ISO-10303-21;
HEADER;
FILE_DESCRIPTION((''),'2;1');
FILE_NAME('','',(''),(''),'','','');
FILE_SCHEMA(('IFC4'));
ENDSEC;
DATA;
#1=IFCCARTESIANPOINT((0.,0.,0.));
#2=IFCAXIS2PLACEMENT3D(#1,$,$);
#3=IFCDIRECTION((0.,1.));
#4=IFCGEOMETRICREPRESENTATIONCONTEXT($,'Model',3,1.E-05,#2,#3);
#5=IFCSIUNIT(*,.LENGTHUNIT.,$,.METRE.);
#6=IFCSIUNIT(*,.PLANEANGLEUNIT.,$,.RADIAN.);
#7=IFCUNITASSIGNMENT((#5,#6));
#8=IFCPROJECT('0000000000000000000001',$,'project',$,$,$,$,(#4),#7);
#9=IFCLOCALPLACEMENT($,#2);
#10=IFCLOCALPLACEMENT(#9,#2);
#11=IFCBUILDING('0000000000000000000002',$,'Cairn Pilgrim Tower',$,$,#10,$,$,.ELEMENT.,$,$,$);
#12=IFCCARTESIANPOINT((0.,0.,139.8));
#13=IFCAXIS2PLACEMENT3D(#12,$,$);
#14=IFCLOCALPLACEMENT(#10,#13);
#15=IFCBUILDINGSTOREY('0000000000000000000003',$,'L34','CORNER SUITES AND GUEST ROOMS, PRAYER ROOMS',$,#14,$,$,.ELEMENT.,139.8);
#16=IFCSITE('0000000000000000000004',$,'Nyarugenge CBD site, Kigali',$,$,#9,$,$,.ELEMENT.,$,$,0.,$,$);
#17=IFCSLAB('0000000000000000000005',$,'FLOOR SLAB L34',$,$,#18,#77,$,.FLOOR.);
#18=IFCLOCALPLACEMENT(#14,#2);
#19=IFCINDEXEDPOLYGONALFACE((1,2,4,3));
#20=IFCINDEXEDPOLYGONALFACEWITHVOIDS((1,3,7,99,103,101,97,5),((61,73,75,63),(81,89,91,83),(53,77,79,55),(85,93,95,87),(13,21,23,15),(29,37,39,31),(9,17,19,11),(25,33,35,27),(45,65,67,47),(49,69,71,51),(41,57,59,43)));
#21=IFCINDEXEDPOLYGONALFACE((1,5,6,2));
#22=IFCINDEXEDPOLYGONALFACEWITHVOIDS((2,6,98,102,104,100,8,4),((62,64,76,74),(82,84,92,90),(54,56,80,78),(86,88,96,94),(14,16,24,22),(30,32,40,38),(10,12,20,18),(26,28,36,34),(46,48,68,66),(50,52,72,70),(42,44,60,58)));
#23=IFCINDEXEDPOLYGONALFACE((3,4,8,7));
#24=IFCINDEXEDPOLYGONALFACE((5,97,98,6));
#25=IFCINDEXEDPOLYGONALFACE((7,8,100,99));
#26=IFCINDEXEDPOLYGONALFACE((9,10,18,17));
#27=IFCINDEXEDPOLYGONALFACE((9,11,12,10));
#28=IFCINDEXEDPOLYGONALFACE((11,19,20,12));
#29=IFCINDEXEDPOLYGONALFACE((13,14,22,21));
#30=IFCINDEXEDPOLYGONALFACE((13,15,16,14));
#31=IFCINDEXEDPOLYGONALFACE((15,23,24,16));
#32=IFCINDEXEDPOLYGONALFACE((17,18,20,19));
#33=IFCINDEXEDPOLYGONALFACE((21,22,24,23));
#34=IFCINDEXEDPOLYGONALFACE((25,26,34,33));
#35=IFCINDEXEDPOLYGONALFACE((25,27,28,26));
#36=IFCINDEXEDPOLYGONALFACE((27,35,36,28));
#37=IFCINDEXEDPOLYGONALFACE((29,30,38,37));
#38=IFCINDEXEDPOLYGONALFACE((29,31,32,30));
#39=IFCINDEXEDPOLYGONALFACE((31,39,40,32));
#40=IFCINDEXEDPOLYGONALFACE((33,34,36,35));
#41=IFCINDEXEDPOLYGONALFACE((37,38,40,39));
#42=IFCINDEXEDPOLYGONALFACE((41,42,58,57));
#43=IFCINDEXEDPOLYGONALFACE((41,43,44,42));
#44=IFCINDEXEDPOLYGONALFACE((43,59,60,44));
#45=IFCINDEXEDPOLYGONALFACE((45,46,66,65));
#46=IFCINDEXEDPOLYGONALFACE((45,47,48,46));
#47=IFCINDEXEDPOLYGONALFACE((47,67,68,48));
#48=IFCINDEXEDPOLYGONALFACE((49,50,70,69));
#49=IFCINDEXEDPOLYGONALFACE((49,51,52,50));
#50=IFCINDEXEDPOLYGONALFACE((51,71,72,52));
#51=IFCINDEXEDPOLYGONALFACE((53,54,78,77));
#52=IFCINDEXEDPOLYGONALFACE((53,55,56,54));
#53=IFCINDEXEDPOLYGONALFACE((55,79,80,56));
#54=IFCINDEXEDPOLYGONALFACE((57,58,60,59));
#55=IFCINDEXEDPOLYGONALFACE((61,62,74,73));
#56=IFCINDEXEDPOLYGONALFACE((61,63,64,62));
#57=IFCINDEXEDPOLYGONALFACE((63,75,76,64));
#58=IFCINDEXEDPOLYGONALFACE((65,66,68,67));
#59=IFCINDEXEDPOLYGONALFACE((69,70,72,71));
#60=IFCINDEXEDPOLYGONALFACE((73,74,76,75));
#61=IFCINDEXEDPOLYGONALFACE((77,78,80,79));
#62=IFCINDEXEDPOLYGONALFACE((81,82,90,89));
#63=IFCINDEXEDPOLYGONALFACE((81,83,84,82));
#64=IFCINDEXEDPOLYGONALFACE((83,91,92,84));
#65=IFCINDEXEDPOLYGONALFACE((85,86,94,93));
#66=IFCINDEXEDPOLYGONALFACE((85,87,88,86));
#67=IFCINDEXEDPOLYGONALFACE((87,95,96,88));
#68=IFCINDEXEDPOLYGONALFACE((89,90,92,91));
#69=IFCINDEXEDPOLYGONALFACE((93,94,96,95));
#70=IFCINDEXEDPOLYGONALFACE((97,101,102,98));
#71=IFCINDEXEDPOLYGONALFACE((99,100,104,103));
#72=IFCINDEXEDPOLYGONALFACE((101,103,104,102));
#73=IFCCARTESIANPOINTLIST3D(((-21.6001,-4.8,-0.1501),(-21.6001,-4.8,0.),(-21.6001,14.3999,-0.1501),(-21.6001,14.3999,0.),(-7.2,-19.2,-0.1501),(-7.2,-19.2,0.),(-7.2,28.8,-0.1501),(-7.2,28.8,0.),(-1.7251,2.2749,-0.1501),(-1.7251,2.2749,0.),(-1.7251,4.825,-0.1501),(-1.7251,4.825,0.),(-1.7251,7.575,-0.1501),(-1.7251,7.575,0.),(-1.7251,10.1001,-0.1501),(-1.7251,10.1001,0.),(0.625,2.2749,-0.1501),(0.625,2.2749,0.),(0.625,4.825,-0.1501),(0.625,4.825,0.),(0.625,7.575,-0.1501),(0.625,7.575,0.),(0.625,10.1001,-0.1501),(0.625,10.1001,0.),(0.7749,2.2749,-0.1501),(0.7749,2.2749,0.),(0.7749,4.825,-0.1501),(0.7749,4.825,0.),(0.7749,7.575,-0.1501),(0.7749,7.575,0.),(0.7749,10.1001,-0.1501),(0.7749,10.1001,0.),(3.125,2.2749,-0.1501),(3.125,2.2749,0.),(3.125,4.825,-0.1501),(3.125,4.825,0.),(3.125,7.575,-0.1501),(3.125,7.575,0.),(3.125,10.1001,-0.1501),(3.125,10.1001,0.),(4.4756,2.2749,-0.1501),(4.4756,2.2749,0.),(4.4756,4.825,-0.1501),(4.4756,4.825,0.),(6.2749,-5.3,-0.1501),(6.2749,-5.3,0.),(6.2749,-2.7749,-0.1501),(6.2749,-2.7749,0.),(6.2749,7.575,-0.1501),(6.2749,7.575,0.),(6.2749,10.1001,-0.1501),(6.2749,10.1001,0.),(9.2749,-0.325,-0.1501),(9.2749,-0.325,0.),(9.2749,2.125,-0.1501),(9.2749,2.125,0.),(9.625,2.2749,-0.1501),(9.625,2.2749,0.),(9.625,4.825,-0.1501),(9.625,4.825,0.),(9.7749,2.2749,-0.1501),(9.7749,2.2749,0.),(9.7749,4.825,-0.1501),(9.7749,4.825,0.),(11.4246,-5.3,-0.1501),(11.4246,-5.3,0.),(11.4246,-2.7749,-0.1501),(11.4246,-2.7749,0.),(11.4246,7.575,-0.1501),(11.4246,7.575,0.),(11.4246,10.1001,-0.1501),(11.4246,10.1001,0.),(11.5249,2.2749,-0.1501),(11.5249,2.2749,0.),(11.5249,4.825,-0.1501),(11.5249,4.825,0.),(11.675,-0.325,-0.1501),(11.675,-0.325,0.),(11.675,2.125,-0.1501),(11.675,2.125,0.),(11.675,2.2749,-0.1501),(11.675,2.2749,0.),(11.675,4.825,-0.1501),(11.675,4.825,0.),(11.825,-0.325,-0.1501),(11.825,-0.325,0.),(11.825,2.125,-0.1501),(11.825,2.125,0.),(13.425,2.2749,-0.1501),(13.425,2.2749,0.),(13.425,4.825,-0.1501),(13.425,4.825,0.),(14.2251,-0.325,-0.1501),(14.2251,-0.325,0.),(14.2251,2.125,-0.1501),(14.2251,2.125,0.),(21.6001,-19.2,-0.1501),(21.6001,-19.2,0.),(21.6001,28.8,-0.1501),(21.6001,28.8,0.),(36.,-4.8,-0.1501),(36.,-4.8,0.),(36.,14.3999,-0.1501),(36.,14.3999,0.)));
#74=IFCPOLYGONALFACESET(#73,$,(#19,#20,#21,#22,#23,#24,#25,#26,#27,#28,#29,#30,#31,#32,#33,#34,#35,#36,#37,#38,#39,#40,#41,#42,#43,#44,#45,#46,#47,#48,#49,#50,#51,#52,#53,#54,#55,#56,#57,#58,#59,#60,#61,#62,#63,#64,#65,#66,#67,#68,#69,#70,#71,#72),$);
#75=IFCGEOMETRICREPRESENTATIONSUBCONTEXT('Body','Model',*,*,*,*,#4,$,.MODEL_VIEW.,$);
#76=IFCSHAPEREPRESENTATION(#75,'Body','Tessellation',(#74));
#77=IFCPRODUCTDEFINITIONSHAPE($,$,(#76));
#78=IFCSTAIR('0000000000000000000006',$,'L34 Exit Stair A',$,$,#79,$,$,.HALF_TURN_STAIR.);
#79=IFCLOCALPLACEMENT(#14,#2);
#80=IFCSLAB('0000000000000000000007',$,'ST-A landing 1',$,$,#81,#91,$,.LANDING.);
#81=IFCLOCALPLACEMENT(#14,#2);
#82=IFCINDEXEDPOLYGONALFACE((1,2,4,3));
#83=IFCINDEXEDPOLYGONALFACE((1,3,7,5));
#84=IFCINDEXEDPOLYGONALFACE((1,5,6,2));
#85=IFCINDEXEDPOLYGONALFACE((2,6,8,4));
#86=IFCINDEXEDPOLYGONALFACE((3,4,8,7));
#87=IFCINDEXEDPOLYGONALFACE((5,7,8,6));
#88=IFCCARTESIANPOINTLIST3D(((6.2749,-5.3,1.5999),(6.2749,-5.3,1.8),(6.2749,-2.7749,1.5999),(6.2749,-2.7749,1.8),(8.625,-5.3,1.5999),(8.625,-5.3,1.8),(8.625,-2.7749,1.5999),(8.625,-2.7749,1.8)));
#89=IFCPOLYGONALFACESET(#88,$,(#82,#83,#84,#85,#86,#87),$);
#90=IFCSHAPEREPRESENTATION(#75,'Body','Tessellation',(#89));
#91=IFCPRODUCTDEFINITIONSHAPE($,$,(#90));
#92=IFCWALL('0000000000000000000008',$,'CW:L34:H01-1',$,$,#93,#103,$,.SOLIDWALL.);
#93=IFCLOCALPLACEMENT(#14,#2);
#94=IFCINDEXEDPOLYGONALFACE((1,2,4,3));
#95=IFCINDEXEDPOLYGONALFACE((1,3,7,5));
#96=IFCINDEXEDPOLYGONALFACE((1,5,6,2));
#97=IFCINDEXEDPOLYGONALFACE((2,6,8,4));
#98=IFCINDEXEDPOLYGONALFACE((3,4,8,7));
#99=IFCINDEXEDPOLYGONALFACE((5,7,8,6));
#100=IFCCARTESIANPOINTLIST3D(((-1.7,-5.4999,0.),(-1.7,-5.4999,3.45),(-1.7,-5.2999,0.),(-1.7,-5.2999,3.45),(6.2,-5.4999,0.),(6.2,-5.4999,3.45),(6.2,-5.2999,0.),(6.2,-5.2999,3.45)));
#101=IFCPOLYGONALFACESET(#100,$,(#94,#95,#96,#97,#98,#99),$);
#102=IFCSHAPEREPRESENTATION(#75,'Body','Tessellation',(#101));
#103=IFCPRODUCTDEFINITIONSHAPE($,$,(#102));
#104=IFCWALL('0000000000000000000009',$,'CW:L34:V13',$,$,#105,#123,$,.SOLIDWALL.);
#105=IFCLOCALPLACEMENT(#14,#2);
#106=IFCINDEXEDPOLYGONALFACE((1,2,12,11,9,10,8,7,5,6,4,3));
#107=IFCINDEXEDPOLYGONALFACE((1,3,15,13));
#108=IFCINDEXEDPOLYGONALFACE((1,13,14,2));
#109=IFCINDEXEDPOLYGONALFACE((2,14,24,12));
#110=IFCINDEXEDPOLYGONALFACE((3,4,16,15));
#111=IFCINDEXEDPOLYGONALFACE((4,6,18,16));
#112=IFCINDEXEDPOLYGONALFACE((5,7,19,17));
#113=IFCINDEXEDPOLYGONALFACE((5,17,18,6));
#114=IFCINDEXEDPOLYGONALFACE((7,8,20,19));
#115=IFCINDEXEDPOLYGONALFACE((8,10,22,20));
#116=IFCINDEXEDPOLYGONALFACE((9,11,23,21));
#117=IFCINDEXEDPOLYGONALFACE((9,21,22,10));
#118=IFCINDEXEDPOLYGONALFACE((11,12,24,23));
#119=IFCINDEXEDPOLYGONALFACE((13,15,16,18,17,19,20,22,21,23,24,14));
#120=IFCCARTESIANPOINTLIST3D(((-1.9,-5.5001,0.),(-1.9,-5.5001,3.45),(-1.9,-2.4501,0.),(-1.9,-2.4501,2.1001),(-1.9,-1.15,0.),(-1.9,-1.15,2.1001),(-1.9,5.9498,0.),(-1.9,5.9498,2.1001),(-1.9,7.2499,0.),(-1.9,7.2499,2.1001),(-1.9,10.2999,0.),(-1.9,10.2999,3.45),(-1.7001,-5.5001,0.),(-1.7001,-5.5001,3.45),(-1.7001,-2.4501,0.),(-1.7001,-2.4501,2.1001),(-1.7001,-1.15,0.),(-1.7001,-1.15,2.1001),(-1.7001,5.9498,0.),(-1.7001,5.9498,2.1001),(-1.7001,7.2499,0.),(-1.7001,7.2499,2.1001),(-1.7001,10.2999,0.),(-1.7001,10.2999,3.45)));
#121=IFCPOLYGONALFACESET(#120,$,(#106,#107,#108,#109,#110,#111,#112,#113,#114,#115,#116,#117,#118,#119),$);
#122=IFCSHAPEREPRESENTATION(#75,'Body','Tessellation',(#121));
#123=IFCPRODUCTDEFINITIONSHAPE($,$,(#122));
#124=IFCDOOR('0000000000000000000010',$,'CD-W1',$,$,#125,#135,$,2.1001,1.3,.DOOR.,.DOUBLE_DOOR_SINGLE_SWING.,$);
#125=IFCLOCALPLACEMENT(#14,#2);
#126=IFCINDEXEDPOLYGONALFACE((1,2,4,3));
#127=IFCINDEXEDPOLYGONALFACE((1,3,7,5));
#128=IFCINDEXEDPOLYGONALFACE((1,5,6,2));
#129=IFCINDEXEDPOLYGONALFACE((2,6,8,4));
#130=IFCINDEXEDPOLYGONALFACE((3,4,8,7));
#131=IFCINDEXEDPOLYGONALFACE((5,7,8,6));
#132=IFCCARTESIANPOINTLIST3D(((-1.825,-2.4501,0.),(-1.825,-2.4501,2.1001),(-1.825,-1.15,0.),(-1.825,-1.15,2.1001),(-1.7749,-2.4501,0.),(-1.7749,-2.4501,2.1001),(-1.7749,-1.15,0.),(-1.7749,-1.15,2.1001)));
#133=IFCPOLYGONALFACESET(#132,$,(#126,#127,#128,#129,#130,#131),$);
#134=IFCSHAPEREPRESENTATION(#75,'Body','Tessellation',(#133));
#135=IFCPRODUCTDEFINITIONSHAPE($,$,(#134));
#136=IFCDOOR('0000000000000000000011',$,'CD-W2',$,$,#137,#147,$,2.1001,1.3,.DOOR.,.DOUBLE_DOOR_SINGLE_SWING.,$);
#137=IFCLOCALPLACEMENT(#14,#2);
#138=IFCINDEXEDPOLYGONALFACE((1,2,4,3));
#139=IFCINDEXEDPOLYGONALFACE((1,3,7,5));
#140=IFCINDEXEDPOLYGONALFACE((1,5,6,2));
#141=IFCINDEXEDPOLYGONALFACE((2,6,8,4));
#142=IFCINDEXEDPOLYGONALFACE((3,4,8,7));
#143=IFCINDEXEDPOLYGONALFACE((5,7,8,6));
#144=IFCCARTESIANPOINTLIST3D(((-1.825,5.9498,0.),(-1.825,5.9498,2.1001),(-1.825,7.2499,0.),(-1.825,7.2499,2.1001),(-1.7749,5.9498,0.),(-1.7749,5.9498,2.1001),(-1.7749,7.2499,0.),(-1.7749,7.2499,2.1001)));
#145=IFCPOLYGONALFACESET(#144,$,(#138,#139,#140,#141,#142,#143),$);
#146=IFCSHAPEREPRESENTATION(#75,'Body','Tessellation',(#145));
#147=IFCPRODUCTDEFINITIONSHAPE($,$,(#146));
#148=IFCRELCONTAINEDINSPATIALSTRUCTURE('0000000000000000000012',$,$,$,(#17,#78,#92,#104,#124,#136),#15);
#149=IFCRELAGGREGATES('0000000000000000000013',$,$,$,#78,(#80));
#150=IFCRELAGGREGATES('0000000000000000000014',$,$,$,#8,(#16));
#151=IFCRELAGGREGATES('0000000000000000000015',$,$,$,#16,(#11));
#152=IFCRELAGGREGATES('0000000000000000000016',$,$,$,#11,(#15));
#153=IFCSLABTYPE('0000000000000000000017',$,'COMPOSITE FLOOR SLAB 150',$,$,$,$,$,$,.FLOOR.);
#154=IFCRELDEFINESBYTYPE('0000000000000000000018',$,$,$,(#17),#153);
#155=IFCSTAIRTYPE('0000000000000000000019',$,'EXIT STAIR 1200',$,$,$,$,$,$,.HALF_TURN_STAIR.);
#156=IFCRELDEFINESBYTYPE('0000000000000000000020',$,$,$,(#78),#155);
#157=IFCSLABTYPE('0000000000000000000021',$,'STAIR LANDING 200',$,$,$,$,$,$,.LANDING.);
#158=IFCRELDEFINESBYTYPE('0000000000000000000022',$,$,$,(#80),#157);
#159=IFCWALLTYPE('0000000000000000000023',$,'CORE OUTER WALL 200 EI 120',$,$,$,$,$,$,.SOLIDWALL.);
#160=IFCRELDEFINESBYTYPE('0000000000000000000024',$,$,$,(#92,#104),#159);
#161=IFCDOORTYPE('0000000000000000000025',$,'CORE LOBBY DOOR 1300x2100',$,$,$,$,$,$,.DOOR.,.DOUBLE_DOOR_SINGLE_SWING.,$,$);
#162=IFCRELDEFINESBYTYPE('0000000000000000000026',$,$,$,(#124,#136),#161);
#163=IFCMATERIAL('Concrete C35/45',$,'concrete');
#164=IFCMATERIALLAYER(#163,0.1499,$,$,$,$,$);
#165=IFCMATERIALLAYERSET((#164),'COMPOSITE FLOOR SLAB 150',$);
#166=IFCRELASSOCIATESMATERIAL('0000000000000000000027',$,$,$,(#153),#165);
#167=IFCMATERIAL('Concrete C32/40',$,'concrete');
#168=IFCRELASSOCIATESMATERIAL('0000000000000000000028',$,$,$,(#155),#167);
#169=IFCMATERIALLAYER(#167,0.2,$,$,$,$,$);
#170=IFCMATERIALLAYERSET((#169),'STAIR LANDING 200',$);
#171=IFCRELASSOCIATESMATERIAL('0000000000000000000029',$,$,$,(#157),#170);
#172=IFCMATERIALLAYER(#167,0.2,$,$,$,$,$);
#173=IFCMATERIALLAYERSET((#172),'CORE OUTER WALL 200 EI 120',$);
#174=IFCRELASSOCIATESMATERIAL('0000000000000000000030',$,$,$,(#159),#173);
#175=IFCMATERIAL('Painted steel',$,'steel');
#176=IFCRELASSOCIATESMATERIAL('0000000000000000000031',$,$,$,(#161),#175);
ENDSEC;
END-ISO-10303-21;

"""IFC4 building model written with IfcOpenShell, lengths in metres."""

from ifc_helpers import new_model, si_unit, direction, frame, frame_2d, origin, place, context, subcontext, project, spatial, polyline, rectangle, outline, extrude, material, layer, layer_set, type_object, element, fill, aggregate, save


model = new_model("IFC4")

# Units and contexts
model_context = context("Model", 3, precision=1e-05, world=origin(), true_north=direction((0.0, 1.0)))
body_context = subcontext(model_context, "Body", "Model", "MODEL_VIEW")
ifc_project = project(units=[si_unit("LENGTHUNIT", "METRE"), si_unit("PLANEANGLEUNIT", "RADIAN")], contexts=[model_context])

# Site, building, storey
site_placement = place(None, origin())
site = spatial("IfcSite", under=ifc_project, at=site_placement, Name="Nyarugenge CBD site, Kigali", CompositionType="ELEMENT", RefElevation=0.0)
building_placement = place(site_placement, origin())
building = spatial("IfcBuilding", under=site, at=building_placement, Name="Cairn Pilgrim Tower", CompositionType="ELEMENT")
storey_placement = place(building_placement, frame((0.0, 0.0, 139.8)))
storey = spatial("IfcBuildingStorey", under=building, at=storey_placement, Name="L34", Description="CORNER SUITES AND GUEST ROOMS, PRAYER ROOMS", CompositionType="ELEMENT", Elevation=139.8)

# Slab
ifc_material_1 = material(Name="Concrete C35/45", Category="concrete")
ifc_layer_1 = layer(ifc_material_1, 0.1499)
ifc_layer_set_1 = layer_set([ifc_layer_1], Name="COMPOSITE FLOOR SLAB 150")
slab_type_1 = type_object("IfcSlabType", Name="COMPOSITE FLOOR SLAB 150", PredefinedType="FLOOR", material=ifc_layer_set_1)
slab_1_placement = place(storey_placement, frame((0.0, 0.0, -0.1501)))
element("IfcSlab", 1, at=slab_1_placement, inside=storey, type_object=slab_type_1, Name="FLOOR SLAB L34", PredefinedType="FLOOR", context=body_context, shape_type="SweptSolid", body=[
    extrude(outline(polyline([(-7.2, -19.2), (21.6001, -19.2), (36.0, -4.8), (36.0, 14.3999), (21.6001, 28.8), (-7.2, 28.8), (-21.6001, 14.3999), (-21.6001, -4.8), (-7.2, -19.2)]), holes=[polyline([(9.2749, -0.325), (11.675, -0.325), (11.675, 2.125), (9.2749, 2.125), (9.2749, -0.325)]), polyline([(11.825, -0.325), (14.2251, -0.325), (14.2251, 2.125), (11.825, 2.125), (11.825, -0.325)]), polyline([(-1.7251, 2.2749), (0.625, 2.2749), (0.625, 4.825), (-1.7251, 4.825), (-1.7251, 2.2749)]), polyline([(0.7749, 2.2749), (3.125, 2.2749), (3.125, 4.825), (0.7749, 4.825), (0.7749, 2.2749)]), polyline([(-1.7251, 7.575), (0.625, 7.575), (0.625, 10.1001), (-1.7251, 10.1001), (-1.7251, 7.575)]), polyline([(0.7749, 7.575), (3.125, 7.575), (3.125, 10.1001), (0.7749, 10.1001), (0.7749, 7.575)]), polyline([(9.7749, 2.2749), (11.5249, 2.2749), (11.5249, 4.825), (9.7749, 4.825), (9.7749, 2.2749)]), polyline([(11.675, 2.2749), (13.425, 2.2749), (13.425, 4.825), (11.675, 4.825), (11.675, 2.2749)]), polyline([(11.4246, -2.7749), (6.2749, -2.7749), (6.2749, -5.3), (11.4246, -5.3), (11.4246, -2.7749)]), polyline([(4.4756, 2.2749), (9.625, 2.2749), (9.625, 4.825), (4.4756, 4.825), (4.4756, 2.2749)]), polyline([(11.4246, 10.1001), (6.2749, 10.1001), (6.2749, 7.575), (11.4246, 7.575), (11.4246, 10.1001)])]), origin(), (0.0, 0.0, 1.0), 0.1501),
])

# Stair, slab
ifc_material_2 = material(Name="Concrete C32/40", Category="concrete")
stair_type = type_object("IfcStairType", Name="EXIT STAIR 1200", PredefinedType="HALF_TURN_STAIR", material=ifc_material_2)
stair_placement = place(storey_placement, origin())
stair = element("IfcStair", 2, at=stair_placement, inside=storey, type_object=stair_type, Name="L34 Exit Stair A", PredefinedType="HALF_TURN_STAIR")
ifc_layer_2 = layer(ifc_material_2, 0.2)
ifc_layer_set_2 = layer_set([ifc_layer_2], Name="STAIR LANDING 200")
slab_type_2 = type_object("IfcSlabType", Name="STAIR LANDING 200", PredefinedType="LANDING", material=ifc_layer_set_2)
slab_2_placement = place(storey_placement, frame((0.0, 0.0, 1.5999)))
slab_2 = element("IfcSlab", 3, at=slab_2_placement, type_object=slab_type_2, Name="ST-A landing 1", PredefinedType="LANDING", context=body_context, shape_type="SweptSolid", body=[
    extrude(outline(polyline([(8.625, -2.7749), (6.2749, -2.7749), (6.2749, -5.3), (8.625, -5.3), (8.625, -2.7749)])), origin(), (0.0, 0.0, 1.0), 0.2002),
])
aggregate(stair, [slab_2])

# Wall
ifc_layer_3 = layer(ifc_material_2, 0.2)
ifc_layer_set_3 = layer_set([ifc_layer_3], Name="CORE OUTER WALL 200 EI 120")
wall_type_1 = type_object("IfcWallType", Name="CORE OUTER WALL 200 EI 120", PredefinedType="SOLIDWALL", material=ifc_layer_set_3)
wall_1_placement = place(storey_placement, frame((-1.7, -5.3999, 0.0), z_axis=(0.0, 0.0, 1.0), x_axis=(1.0, 0.0, 0.0)))
element("IfcWall", 4, at=wall_1_placement, inside=storey, type_object=wall_type_1, Name="CW:L34:H01-1", PredefinedType="SOLIDWALL", context=body_context, shape_type="SweptSolid", body=[
    extrude(rectangle(XDim=7.8999, YDim=0.2, at=frame_2d((3.95, 0.0))), origin(), (0.0, 0.0, 1.0), 3.45),
])

# Wall, openings, doors
wall_2_placement = place(storey_placement, frame((-1.8, -5.5, 0.0), z_axis=(0.0, 0.0, 1.0), x_axis=(0.0, 1.0, 0.0)))
wall_2 = element("IfcWall", 5, at=wall_2_placement, inside=storey, type_object=wall_type_1, Name="CW:L34:V13", PredefinedType="SOLIDWALL", context=body_context, shape_type="SweptSolid", body=[
    extrude(rectangle(XDim=15.8, YDim=0.2, at=frame_2d((7.8999, 0.0))), origin(), (0.0, 0.0, 1.0), 3.45),
])
opening_1_placement = place(wall_2_placement, frame((3.05, 0.0, 0.0)))
opening_1 = element("IfcOpeningElement", 6, at=opening_1_placement, cuts=wall_2, PredefinedType="OPENING", context=body_context, shape_type="SweptSolid", body=[
    extrude(rectangle(XDim=1.3, YDim=2.1001, at=frame_2d((0.6499, 1.05))), frame((0.0, 0.1099, 0.0), z_axis=(0.0, -1.0, 0.0), x_axis=(1.0, 0.0, 0.0)), (0.0, 0.0, 1.0), 0.22),
])
opening_2_placement = place(wall_2_placement, frame((11.45, 0.0, 0.0)))
opening_2 = element("IfcOpeningElement", 7, at=opening_2_placement, cuts=wall_2, PredefinedType="OPENING", context=body_context, shape_type="SweptSolid", body=[
    extrude(rectangle(XDim=1.3, YDim=2.1001, at=frame_2d((0.6499, 1.05))), frame((0.0, 0.1099, 0.0), z_axis=(0.0, -1.0, 0.0), x_axis=(1.0, 0.0, 0.0)), (0.0, 0.0, 1.0), 0.22),
])
ifc_material_3 = material(Name="Painted steel", Category="steel")
door_type_1 = type_object("IfcDoorType", Name="CORE LOBBY DOOR 1300x2100", OperationType="DOUBLE_DOOR_SINGLE_SWING", PredefinedType="DOOR", material=ifc_material_3)
door_1_placement = place(opening_1_placement, origin())
door_1 = element("IfcDoor", 8, at=door_1_placement, inside=storey, type_object=door_type_1, Name="CD-W1", OperationType="DOUBLE_DOOR_SINGLE_SWING", OverallHeight=2.1001, OverallWidth=1.3, PredefinedType="DOOR", context=body_context, shape_type="SweptSolid", body=[
    extrude(rectangle(XDim=1.3, YDim=2.1001, at=frame_2d((0.6499, 1.05))), frame((0.0, 0.0249, 0.0), z_axis=(0.0, -1.0, 0.0), x_axis=(1.0, 0.0, 0.0)), (0.0, 0.0, 1.0), 0.05),
])
fill(opening_1, door_1)
door_2_placement = place(opening_2_placement, origin())
door_2 = element("IfcDoor", 9, at=door_2_placement, inside=storey, type_object=door_type_1, Name="CD-W2", OperationType="DOUBLE_DOOR_SINGLE_SWING", OverallHeight=2.1001, OverallWidth=1.3, PredefinedType="DOOR", context=body_context, shape_type="SweptSolid", body=[
    extrude(rectangle(XDim=1.3, YDim=2.1001, at=frame_2d((0.6499, 1.05))), frame((0.0, 0.0249, 0.0), z_axis=(0.0, -1.0, 0.0), x_axis=(1.0, 0.0, 0.0)), (0.0, 0.0, 1.0), 0.05),
])
fill(opening_2, door_2)

save(model, "model.ifc")
